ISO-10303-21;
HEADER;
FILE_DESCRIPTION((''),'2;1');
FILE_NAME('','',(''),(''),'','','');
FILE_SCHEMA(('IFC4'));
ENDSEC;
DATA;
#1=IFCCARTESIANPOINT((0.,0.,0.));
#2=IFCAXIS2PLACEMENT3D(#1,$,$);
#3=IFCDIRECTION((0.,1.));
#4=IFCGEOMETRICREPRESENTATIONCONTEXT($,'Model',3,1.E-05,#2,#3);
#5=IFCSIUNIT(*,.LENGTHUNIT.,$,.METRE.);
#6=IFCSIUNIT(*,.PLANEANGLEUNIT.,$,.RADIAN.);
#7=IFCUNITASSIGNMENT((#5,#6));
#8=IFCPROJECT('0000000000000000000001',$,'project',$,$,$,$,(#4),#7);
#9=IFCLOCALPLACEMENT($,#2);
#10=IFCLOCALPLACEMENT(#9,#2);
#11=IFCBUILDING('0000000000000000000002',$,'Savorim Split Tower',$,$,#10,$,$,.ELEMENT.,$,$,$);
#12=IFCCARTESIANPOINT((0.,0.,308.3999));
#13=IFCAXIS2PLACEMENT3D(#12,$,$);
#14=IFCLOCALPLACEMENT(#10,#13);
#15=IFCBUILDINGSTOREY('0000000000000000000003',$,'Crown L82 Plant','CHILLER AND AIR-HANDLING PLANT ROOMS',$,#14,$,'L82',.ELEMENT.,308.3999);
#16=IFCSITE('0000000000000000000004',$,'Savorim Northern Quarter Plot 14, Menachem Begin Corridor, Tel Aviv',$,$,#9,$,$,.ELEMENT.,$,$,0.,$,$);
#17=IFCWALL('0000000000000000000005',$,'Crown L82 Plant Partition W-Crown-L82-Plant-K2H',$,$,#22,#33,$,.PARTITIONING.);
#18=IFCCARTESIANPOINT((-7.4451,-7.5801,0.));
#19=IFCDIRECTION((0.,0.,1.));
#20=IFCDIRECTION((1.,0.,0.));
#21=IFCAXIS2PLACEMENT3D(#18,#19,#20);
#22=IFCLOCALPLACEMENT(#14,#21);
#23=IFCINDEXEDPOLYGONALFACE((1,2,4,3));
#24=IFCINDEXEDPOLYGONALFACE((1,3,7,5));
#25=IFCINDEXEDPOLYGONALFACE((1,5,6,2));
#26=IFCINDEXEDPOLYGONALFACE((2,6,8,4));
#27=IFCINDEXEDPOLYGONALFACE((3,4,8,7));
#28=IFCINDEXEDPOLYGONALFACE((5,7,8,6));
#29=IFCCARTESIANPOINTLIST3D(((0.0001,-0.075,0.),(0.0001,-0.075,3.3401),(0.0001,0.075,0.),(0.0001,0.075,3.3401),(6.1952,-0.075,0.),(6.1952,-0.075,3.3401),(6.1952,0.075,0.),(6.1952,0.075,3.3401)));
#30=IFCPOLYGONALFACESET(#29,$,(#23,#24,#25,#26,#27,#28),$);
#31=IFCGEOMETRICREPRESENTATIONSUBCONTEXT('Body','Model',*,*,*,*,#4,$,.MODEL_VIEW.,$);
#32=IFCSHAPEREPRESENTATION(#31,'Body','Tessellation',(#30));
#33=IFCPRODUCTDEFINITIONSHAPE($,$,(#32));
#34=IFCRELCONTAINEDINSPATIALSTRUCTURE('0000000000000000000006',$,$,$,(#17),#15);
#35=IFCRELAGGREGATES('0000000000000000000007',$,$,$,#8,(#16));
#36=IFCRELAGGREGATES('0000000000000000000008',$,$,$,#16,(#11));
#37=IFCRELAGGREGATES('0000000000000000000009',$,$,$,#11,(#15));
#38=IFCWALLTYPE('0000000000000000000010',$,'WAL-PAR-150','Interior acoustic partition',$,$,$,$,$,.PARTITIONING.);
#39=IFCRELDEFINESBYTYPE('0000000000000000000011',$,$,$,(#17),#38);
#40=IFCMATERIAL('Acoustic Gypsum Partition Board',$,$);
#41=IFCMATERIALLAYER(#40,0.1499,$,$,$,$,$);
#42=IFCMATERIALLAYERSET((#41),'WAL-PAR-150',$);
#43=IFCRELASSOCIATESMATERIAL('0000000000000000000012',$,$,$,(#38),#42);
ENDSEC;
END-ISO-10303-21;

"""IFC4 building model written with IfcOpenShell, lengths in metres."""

from ifc_helpers import new_model, si_unit, direction, frame, frame_2d, origin, place, context, subcontext, project, spatial, rectangle, extrude, material, layer, layer_set, type_object, element, save


model = new_model("IFC4")

# Units and contexts
model_context = context("Model", 3, precision=1e-05, world=origin(), true_north=direction((0.0, 1.0)))
body_context = subcontext(model_context, "Body", "Model", "MODEL_VIEW")
ifc_project = project(units=[si_unit("LENGTHUNIT", "METRE"), si_unit("PLANEANGLEUNIT", "RADIAN")], contexts=[model_context])

# Site, building, storey
site_placement = place(None, origin())
site = spatial("IfcSite", under=ifc_project, at=site_placement, Name="Savorim Northern Quarter Plot 14, Menachem Begin Corridor, Tel Aviv", CompositionType="ELEMENT", RefElevation=0.0)
building_placement = place(site_placement, origin())
building = spatial("IfcBuilding", under=site, at=building_placement, Name="Savorim Split Tower", CompositionType="ELEMENT")
storey_placement = place(building_placement, frame((0.0, 0.0, 308.3999)))
storey = spatial("IfcBuildingStorey", under=building, at=storey_placement, Name="Crown L82 Plant", Description="CHILLER AND AIR-HANDLING PLANT ROOMS", LongName="L82", CompositionType="ELEMENT", Elevation=308.3999)

# Wall
ifc_material_1 = material(Name="Acoustic Gypsum Partition Board")
ifc_layer_1 = layer(ifc_material_1, 0.1499)
ifc_layer_set_1 = layer_set([ifc_layer_1], Name="WAL-PAR-150")
wall_type_1 = type_object("IfcWallType", Name="WAL-PAR-150", Description="Interior acoustic partition", PredefinedType="PARTITIONING", material=ifc_layer_set_1)
wall_1_placement = place(storey_placement, frame((-7.4451, -7.5801, 0.0), z_axis=(0.0, 0.0, 1.0), x_axis=(1.0, 0.0, 0.0)))
element("IfcWall", 1, at=wall_1_placement, inside=storey, type_object=wall_type_1, Name="Crown L82 Plant Partition W-Crown-L82-Plant-K2H", PredefinedType="PARTITIONING", context=body_context, shape_type="SweptSolid", body=[
    extrude(rectangle(XDim=6.1951, YDim=0.1499, at=frame_2d((3.0977, 0.0))), origin(), (0.0, 0.0, 1.0), 3.3401),
])

save(model, "model.ifc")
